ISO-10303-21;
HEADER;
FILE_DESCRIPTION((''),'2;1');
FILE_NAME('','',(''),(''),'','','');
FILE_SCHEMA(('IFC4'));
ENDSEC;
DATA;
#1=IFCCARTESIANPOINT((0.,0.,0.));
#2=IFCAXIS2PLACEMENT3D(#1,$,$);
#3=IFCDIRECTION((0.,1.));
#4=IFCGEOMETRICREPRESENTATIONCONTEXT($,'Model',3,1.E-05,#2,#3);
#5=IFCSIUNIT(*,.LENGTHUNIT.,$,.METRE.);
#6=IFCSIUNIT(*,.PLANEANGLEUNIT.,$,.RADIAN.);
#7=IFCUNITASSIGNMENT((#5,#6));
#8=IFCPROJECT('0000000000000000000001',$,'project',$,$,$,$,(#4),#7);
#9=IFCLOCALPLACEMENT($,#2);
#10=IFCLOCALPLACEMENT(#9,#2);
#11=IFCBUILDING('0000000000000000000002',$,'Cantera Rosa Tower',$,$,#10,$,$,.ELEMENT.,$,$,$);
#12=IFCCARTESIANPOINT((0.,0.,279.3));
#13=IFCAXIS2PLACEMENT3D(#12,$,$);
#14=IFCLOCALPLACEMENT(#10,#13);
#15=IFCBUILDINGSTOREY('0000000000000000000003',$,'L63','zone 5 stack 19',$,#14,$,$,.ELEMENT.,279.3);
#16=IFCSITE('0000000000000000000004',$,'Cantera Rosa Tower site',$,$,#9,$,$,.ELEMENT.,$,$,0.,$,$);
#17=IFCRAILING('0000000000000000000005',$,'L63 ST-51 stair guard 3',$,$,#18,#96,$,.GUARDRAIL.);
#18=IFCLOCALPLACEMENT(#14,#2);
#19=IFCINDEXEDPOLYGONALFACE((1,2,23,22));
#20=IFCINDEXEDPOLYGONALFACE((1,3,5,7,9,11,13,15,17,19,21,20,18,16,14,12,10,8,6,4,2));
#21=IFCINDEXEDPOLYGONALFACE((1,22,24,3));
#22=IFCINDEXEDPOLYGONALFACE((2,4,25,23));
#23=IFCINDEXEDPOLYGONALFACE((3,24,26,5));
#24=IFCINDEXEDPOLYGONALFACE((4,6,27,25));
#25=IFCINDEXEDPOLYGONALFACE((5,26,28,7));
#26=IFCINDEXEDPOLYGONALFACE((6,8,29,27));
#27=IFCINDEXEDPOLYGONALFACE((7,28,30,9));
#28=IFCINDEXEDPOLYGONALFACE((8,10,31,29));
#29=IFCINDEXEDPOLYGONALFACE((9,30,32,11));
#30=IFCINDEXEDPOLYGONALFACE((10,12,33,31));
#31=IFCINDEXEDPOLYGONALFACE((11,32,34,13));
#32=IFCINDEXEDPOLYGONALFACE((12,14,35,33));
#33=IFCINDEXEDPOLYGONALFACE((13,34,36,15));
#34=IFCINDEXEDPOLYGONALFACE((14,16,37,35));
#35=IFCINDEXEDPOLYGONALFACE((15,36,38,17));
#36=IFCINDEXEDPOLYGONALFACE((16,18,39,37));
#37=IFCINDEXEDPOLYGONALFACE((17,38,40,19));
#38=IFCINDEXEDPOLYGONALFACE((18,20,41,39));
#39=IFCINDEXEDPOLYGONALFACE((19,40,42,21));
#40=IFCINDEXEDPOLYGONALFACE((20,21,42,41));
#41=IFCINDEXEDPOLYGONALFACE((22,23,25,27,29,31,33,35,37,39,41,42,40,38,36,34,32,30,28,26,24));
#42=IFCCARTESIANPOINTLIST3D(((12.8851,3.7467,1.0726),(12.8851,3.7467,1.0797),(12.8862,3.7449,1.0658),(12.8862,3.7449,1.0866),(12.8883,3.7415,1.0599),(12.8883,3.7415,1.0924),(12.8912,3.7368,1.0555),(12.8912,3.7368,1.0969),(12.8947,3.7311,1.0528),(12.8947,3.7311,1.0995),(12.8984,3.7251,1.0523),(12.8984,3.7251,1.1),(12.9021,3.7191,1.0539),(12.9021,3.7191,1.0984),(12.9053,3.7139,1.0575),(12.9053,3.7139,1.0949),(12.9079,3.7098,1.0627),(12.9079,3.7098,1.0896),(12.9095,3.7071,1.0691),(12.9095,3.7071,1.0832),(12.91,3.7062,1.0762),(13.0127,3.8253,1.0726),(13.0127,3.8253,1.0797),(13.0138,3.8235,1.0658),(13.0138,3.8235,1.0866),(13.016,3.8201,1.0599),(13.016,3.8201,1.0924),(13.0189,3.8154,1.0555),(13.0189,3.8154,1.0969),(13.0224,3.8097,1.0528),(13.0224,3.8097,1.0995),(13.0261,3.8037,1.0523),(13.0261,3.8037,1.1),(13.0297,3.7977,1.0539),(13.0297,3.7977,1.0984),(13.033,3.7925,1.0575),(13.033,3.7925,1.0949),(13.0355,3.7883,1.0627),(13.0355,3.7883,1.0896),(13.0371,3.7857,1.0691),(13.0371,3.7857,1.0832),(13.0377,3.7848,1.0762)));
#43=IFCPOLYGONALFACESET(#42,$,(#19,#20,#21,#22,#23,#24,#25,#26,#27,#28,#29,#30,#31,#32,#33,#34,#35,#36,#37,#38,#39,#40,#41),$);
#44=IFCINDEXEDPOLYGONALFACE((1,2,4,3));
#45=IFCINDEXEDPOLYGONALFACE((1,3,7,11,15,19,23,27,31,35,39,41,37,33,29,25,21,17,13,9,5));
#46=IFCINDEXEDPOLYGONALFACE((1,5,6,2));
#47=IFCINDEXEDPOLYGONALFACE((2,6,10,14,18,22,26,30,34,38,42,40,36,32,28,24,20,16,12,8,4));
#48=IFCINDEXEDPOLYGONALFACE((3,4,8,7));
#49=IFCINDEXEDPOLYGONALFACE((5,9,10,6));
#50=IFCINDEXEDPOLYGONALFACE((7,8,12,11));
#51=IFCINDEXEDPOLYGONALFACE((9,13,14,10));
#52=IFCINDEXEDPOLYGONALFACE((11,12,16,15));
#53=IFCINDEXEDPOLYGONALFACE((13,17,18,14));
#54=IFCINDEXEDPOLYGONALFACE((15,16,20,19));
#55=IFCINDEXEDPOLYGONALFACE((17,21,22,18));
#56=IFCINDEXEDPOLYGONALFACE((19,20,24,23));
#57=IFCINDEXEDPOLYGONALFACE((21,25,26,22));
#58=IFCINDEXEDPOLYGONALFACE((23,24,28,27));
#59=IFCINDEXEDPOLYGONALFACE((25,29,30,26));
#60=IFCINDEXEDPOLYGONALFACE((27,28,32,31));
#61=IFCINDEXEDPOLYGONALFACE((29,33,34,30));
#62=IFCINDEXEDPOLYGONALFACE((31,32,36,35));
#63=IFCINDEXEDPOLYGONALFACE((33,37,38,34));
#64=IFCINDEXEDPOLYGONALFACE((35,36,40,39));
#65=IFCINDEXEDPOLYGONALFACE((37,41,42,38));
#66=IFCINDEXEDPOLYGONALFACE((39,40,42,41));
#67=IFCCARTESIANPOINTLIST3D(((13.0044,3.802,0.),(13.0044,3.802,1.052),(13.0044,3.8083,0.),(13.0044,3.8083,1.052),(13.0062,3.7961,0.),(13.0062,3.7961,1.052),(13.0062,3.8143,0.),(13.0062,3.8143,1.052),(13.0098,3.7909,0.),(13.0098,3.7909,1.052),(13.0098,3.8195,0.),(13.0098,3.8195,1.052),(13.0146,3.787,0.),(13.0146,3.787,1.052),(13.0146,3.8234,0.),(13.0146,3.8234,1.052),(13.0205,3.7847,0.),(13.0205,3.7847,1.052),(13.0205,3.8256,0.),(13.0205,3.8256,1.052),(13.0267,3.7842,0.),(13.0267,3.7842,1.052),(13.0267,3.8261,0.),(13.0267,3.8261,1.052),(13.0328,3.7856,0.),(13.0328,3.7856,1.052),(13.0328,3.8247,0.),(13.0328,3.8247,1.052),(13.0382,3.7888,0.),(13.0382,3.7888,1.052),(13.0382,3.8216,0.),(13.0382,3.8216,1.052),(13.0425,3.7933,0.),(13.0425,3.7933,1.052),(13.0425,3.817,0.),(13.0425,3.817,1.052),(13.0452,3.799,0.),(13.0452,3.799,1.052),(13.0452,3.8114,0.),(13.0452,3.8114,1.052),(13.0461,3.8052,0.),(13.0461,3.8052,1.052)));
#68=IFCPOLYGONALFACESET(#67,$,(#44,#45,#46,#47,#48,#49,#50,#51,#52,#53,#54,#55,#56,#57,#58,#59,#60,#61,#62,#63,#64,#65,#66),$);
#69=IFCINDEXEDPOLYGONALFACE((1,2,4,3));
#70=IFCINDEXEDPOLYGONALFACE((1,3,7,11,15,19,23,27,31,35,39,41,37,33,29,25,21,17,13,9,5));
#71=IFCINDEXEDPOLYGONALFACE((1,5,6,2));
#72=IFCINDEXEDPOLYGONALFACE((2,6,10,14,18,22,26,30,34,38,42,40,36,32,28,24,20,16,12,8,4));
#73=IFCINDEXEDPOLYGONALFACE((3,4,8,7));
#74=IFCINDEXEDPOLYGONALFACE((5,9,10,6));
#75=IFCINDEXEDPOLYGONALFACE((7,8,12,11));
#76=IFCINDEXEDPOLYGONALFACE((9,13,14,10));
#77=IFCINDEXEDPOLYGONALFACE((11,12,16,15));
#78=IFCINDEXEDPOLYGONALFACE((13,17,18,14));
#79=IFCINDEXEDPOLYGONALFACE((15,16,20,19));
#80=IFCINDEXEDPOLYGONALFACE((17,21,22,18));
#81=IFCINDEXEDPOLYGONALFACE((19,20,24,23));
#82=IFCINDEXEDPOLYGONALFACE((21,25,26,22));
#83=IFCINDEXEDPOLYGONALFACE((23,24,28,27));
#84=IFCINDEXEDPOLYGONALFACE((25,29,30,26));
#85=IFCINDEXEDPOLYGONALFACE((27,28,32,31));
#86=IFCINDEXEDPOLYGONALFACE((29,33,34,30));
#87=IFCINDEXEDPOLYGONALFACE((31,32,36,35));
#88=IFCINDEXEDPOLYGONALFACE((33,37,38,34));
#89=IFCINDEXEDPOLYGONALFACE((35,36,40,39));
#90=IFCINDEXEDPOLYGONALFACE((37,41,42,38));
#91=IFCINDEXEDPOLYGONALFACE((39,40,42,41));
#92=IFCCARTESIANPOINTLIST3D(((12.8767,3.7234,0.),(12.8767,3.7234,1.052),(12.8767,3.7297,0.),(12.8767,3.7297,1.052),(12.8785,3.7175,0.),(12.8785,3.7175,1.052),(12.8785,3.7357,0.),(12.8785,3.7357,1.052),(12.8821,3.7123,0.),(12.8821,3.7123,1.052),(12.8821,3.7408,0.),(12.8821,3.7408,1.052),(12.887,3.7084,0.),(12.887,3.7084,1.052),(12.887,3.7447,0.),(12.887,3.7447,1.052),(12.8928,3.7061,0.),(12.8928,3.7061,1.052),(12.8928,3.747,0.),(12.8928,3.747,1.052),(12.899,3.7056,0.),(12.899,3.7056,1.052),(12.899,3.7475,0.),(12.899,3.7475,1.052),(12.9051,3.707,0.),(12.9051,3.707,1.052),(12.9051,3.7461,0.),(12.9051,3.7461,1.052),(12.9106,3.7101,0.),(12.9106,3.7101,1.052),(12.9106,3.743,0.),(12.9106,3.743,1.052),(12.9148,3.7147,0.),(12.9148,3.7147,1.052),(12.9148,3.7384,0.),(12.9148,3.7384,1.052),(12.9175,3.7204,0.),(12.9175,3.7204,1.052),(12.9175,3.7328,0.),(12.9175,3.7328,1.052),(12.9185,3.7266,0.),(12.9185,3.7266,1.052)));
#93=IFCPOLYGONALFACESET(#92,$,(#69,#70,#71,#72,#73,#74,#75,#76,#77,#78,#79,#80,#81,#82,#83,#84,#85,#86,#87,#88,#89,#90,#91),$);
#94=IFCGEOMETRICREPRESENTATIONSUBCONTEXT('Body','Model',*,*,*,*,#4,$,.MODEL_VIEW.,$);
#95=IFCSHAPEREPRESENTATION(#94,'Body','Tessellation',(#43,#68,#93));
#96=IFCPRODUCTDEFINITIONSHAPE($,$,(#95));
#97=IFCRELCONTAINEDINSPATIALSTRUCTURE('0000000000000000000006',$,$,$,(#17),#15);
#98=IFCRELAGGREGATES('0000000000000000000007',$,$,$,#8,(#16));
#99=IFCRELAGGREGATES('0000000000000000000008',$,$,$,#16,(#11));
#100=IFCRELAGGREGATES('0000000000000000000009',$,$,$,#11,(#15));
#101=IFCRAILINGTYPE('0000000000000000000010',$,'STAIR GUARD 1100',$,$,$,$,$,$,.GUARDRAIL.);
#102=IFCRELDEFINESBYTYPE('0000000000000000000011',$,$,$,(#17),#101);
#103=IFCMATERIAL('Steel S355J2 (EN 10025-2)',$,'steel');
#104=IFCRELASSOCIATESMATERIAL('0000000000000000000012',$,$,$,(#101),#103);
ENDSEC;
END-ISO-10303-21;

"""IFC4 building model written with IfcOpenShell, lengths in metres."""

from ifc_helpers import new_model, si_unit, direction, frame, origin, origin_2d, place, context, subcontext, project, spatial, circle, extrude, material, type_object, element, save


model = new_model("IFC4")

# Units and contexts
model_context = context("Model", 3, precision=1e-05, world=origin(), true_north=direction((0.0, 1.0)))
body_context = subcontext(model_context, "Body", "Model", "MODEL_VIEW")
ifc_project = project(units=[si_unit("LENGTHUNIT", "METRE"), si_unit("PLANEANGLEUNIT", "RADIAN")], contexts=[model_context])

# Site, building, storey
site_placement = place(None, origin())
site = spatial("IfcSite", under=ifc_project, at=site_placement, Name="Cantera Rosa Tower site", CompositionType="ELEMENT", RefElevation=0.0)
building_placement = place(site_placement, origin())
building = spatial("IfcBuilding", under=site, at=building_placement, Name="Cantera Rosa Tower", CompositionType="ELEMENT")
storey_placement = place(building_placement, frame((0.0, 0.0, 279.3)))
storey = spatial("IfcBuildingStorey", under=building, at=storey_placement, Name="L63", Description="zone 5 stack 19", CompositionType="ELEMENT", Elevation=279.3)

# Railing
ifc_material_1 = material(Name="Steel S355J2 (EN 10025-2)", Category="steel")
railing_type_1 = type_object("IfcRailingType", Name="STAIR GUARD 1100", PredefinedType="GUARDRAIL", material=ifc_material_1)
railing_1_placement = place(storey_placement, frame((13.0251, 3.8052, 0.0)))
element("IfcRailing", 1, at=railing_1_placement, inside=storey, type_object=railing_type_1, Name="L63 ST-51 stair guard 3", PredefinedType="GUARDRAIL", context=body_context, shape_type="SweptSolid", body=[
    extrude(circle(Radius=0.0239, at=origin_2d()), frame((0.0, 0.0, 1.0762), z_axis=(-0.851546, -0.524279, 0.0), x_axis=(0.524279, -0.851546, 0.0)), (0.0, 0.0, 1.0), 0.1499),
    extrude(circle(Radius=0.021, at=origin_2d()), origin(), (0.0, 0.0, 1.0), 1.052),
    extrude(circle(Radius=0.021, at=origin_2d()), frame((-0.1277, -0.0786, 0.0)), (0.0, 0.0, 1.0), 1.052),
])

save(model, "model.ifc")
